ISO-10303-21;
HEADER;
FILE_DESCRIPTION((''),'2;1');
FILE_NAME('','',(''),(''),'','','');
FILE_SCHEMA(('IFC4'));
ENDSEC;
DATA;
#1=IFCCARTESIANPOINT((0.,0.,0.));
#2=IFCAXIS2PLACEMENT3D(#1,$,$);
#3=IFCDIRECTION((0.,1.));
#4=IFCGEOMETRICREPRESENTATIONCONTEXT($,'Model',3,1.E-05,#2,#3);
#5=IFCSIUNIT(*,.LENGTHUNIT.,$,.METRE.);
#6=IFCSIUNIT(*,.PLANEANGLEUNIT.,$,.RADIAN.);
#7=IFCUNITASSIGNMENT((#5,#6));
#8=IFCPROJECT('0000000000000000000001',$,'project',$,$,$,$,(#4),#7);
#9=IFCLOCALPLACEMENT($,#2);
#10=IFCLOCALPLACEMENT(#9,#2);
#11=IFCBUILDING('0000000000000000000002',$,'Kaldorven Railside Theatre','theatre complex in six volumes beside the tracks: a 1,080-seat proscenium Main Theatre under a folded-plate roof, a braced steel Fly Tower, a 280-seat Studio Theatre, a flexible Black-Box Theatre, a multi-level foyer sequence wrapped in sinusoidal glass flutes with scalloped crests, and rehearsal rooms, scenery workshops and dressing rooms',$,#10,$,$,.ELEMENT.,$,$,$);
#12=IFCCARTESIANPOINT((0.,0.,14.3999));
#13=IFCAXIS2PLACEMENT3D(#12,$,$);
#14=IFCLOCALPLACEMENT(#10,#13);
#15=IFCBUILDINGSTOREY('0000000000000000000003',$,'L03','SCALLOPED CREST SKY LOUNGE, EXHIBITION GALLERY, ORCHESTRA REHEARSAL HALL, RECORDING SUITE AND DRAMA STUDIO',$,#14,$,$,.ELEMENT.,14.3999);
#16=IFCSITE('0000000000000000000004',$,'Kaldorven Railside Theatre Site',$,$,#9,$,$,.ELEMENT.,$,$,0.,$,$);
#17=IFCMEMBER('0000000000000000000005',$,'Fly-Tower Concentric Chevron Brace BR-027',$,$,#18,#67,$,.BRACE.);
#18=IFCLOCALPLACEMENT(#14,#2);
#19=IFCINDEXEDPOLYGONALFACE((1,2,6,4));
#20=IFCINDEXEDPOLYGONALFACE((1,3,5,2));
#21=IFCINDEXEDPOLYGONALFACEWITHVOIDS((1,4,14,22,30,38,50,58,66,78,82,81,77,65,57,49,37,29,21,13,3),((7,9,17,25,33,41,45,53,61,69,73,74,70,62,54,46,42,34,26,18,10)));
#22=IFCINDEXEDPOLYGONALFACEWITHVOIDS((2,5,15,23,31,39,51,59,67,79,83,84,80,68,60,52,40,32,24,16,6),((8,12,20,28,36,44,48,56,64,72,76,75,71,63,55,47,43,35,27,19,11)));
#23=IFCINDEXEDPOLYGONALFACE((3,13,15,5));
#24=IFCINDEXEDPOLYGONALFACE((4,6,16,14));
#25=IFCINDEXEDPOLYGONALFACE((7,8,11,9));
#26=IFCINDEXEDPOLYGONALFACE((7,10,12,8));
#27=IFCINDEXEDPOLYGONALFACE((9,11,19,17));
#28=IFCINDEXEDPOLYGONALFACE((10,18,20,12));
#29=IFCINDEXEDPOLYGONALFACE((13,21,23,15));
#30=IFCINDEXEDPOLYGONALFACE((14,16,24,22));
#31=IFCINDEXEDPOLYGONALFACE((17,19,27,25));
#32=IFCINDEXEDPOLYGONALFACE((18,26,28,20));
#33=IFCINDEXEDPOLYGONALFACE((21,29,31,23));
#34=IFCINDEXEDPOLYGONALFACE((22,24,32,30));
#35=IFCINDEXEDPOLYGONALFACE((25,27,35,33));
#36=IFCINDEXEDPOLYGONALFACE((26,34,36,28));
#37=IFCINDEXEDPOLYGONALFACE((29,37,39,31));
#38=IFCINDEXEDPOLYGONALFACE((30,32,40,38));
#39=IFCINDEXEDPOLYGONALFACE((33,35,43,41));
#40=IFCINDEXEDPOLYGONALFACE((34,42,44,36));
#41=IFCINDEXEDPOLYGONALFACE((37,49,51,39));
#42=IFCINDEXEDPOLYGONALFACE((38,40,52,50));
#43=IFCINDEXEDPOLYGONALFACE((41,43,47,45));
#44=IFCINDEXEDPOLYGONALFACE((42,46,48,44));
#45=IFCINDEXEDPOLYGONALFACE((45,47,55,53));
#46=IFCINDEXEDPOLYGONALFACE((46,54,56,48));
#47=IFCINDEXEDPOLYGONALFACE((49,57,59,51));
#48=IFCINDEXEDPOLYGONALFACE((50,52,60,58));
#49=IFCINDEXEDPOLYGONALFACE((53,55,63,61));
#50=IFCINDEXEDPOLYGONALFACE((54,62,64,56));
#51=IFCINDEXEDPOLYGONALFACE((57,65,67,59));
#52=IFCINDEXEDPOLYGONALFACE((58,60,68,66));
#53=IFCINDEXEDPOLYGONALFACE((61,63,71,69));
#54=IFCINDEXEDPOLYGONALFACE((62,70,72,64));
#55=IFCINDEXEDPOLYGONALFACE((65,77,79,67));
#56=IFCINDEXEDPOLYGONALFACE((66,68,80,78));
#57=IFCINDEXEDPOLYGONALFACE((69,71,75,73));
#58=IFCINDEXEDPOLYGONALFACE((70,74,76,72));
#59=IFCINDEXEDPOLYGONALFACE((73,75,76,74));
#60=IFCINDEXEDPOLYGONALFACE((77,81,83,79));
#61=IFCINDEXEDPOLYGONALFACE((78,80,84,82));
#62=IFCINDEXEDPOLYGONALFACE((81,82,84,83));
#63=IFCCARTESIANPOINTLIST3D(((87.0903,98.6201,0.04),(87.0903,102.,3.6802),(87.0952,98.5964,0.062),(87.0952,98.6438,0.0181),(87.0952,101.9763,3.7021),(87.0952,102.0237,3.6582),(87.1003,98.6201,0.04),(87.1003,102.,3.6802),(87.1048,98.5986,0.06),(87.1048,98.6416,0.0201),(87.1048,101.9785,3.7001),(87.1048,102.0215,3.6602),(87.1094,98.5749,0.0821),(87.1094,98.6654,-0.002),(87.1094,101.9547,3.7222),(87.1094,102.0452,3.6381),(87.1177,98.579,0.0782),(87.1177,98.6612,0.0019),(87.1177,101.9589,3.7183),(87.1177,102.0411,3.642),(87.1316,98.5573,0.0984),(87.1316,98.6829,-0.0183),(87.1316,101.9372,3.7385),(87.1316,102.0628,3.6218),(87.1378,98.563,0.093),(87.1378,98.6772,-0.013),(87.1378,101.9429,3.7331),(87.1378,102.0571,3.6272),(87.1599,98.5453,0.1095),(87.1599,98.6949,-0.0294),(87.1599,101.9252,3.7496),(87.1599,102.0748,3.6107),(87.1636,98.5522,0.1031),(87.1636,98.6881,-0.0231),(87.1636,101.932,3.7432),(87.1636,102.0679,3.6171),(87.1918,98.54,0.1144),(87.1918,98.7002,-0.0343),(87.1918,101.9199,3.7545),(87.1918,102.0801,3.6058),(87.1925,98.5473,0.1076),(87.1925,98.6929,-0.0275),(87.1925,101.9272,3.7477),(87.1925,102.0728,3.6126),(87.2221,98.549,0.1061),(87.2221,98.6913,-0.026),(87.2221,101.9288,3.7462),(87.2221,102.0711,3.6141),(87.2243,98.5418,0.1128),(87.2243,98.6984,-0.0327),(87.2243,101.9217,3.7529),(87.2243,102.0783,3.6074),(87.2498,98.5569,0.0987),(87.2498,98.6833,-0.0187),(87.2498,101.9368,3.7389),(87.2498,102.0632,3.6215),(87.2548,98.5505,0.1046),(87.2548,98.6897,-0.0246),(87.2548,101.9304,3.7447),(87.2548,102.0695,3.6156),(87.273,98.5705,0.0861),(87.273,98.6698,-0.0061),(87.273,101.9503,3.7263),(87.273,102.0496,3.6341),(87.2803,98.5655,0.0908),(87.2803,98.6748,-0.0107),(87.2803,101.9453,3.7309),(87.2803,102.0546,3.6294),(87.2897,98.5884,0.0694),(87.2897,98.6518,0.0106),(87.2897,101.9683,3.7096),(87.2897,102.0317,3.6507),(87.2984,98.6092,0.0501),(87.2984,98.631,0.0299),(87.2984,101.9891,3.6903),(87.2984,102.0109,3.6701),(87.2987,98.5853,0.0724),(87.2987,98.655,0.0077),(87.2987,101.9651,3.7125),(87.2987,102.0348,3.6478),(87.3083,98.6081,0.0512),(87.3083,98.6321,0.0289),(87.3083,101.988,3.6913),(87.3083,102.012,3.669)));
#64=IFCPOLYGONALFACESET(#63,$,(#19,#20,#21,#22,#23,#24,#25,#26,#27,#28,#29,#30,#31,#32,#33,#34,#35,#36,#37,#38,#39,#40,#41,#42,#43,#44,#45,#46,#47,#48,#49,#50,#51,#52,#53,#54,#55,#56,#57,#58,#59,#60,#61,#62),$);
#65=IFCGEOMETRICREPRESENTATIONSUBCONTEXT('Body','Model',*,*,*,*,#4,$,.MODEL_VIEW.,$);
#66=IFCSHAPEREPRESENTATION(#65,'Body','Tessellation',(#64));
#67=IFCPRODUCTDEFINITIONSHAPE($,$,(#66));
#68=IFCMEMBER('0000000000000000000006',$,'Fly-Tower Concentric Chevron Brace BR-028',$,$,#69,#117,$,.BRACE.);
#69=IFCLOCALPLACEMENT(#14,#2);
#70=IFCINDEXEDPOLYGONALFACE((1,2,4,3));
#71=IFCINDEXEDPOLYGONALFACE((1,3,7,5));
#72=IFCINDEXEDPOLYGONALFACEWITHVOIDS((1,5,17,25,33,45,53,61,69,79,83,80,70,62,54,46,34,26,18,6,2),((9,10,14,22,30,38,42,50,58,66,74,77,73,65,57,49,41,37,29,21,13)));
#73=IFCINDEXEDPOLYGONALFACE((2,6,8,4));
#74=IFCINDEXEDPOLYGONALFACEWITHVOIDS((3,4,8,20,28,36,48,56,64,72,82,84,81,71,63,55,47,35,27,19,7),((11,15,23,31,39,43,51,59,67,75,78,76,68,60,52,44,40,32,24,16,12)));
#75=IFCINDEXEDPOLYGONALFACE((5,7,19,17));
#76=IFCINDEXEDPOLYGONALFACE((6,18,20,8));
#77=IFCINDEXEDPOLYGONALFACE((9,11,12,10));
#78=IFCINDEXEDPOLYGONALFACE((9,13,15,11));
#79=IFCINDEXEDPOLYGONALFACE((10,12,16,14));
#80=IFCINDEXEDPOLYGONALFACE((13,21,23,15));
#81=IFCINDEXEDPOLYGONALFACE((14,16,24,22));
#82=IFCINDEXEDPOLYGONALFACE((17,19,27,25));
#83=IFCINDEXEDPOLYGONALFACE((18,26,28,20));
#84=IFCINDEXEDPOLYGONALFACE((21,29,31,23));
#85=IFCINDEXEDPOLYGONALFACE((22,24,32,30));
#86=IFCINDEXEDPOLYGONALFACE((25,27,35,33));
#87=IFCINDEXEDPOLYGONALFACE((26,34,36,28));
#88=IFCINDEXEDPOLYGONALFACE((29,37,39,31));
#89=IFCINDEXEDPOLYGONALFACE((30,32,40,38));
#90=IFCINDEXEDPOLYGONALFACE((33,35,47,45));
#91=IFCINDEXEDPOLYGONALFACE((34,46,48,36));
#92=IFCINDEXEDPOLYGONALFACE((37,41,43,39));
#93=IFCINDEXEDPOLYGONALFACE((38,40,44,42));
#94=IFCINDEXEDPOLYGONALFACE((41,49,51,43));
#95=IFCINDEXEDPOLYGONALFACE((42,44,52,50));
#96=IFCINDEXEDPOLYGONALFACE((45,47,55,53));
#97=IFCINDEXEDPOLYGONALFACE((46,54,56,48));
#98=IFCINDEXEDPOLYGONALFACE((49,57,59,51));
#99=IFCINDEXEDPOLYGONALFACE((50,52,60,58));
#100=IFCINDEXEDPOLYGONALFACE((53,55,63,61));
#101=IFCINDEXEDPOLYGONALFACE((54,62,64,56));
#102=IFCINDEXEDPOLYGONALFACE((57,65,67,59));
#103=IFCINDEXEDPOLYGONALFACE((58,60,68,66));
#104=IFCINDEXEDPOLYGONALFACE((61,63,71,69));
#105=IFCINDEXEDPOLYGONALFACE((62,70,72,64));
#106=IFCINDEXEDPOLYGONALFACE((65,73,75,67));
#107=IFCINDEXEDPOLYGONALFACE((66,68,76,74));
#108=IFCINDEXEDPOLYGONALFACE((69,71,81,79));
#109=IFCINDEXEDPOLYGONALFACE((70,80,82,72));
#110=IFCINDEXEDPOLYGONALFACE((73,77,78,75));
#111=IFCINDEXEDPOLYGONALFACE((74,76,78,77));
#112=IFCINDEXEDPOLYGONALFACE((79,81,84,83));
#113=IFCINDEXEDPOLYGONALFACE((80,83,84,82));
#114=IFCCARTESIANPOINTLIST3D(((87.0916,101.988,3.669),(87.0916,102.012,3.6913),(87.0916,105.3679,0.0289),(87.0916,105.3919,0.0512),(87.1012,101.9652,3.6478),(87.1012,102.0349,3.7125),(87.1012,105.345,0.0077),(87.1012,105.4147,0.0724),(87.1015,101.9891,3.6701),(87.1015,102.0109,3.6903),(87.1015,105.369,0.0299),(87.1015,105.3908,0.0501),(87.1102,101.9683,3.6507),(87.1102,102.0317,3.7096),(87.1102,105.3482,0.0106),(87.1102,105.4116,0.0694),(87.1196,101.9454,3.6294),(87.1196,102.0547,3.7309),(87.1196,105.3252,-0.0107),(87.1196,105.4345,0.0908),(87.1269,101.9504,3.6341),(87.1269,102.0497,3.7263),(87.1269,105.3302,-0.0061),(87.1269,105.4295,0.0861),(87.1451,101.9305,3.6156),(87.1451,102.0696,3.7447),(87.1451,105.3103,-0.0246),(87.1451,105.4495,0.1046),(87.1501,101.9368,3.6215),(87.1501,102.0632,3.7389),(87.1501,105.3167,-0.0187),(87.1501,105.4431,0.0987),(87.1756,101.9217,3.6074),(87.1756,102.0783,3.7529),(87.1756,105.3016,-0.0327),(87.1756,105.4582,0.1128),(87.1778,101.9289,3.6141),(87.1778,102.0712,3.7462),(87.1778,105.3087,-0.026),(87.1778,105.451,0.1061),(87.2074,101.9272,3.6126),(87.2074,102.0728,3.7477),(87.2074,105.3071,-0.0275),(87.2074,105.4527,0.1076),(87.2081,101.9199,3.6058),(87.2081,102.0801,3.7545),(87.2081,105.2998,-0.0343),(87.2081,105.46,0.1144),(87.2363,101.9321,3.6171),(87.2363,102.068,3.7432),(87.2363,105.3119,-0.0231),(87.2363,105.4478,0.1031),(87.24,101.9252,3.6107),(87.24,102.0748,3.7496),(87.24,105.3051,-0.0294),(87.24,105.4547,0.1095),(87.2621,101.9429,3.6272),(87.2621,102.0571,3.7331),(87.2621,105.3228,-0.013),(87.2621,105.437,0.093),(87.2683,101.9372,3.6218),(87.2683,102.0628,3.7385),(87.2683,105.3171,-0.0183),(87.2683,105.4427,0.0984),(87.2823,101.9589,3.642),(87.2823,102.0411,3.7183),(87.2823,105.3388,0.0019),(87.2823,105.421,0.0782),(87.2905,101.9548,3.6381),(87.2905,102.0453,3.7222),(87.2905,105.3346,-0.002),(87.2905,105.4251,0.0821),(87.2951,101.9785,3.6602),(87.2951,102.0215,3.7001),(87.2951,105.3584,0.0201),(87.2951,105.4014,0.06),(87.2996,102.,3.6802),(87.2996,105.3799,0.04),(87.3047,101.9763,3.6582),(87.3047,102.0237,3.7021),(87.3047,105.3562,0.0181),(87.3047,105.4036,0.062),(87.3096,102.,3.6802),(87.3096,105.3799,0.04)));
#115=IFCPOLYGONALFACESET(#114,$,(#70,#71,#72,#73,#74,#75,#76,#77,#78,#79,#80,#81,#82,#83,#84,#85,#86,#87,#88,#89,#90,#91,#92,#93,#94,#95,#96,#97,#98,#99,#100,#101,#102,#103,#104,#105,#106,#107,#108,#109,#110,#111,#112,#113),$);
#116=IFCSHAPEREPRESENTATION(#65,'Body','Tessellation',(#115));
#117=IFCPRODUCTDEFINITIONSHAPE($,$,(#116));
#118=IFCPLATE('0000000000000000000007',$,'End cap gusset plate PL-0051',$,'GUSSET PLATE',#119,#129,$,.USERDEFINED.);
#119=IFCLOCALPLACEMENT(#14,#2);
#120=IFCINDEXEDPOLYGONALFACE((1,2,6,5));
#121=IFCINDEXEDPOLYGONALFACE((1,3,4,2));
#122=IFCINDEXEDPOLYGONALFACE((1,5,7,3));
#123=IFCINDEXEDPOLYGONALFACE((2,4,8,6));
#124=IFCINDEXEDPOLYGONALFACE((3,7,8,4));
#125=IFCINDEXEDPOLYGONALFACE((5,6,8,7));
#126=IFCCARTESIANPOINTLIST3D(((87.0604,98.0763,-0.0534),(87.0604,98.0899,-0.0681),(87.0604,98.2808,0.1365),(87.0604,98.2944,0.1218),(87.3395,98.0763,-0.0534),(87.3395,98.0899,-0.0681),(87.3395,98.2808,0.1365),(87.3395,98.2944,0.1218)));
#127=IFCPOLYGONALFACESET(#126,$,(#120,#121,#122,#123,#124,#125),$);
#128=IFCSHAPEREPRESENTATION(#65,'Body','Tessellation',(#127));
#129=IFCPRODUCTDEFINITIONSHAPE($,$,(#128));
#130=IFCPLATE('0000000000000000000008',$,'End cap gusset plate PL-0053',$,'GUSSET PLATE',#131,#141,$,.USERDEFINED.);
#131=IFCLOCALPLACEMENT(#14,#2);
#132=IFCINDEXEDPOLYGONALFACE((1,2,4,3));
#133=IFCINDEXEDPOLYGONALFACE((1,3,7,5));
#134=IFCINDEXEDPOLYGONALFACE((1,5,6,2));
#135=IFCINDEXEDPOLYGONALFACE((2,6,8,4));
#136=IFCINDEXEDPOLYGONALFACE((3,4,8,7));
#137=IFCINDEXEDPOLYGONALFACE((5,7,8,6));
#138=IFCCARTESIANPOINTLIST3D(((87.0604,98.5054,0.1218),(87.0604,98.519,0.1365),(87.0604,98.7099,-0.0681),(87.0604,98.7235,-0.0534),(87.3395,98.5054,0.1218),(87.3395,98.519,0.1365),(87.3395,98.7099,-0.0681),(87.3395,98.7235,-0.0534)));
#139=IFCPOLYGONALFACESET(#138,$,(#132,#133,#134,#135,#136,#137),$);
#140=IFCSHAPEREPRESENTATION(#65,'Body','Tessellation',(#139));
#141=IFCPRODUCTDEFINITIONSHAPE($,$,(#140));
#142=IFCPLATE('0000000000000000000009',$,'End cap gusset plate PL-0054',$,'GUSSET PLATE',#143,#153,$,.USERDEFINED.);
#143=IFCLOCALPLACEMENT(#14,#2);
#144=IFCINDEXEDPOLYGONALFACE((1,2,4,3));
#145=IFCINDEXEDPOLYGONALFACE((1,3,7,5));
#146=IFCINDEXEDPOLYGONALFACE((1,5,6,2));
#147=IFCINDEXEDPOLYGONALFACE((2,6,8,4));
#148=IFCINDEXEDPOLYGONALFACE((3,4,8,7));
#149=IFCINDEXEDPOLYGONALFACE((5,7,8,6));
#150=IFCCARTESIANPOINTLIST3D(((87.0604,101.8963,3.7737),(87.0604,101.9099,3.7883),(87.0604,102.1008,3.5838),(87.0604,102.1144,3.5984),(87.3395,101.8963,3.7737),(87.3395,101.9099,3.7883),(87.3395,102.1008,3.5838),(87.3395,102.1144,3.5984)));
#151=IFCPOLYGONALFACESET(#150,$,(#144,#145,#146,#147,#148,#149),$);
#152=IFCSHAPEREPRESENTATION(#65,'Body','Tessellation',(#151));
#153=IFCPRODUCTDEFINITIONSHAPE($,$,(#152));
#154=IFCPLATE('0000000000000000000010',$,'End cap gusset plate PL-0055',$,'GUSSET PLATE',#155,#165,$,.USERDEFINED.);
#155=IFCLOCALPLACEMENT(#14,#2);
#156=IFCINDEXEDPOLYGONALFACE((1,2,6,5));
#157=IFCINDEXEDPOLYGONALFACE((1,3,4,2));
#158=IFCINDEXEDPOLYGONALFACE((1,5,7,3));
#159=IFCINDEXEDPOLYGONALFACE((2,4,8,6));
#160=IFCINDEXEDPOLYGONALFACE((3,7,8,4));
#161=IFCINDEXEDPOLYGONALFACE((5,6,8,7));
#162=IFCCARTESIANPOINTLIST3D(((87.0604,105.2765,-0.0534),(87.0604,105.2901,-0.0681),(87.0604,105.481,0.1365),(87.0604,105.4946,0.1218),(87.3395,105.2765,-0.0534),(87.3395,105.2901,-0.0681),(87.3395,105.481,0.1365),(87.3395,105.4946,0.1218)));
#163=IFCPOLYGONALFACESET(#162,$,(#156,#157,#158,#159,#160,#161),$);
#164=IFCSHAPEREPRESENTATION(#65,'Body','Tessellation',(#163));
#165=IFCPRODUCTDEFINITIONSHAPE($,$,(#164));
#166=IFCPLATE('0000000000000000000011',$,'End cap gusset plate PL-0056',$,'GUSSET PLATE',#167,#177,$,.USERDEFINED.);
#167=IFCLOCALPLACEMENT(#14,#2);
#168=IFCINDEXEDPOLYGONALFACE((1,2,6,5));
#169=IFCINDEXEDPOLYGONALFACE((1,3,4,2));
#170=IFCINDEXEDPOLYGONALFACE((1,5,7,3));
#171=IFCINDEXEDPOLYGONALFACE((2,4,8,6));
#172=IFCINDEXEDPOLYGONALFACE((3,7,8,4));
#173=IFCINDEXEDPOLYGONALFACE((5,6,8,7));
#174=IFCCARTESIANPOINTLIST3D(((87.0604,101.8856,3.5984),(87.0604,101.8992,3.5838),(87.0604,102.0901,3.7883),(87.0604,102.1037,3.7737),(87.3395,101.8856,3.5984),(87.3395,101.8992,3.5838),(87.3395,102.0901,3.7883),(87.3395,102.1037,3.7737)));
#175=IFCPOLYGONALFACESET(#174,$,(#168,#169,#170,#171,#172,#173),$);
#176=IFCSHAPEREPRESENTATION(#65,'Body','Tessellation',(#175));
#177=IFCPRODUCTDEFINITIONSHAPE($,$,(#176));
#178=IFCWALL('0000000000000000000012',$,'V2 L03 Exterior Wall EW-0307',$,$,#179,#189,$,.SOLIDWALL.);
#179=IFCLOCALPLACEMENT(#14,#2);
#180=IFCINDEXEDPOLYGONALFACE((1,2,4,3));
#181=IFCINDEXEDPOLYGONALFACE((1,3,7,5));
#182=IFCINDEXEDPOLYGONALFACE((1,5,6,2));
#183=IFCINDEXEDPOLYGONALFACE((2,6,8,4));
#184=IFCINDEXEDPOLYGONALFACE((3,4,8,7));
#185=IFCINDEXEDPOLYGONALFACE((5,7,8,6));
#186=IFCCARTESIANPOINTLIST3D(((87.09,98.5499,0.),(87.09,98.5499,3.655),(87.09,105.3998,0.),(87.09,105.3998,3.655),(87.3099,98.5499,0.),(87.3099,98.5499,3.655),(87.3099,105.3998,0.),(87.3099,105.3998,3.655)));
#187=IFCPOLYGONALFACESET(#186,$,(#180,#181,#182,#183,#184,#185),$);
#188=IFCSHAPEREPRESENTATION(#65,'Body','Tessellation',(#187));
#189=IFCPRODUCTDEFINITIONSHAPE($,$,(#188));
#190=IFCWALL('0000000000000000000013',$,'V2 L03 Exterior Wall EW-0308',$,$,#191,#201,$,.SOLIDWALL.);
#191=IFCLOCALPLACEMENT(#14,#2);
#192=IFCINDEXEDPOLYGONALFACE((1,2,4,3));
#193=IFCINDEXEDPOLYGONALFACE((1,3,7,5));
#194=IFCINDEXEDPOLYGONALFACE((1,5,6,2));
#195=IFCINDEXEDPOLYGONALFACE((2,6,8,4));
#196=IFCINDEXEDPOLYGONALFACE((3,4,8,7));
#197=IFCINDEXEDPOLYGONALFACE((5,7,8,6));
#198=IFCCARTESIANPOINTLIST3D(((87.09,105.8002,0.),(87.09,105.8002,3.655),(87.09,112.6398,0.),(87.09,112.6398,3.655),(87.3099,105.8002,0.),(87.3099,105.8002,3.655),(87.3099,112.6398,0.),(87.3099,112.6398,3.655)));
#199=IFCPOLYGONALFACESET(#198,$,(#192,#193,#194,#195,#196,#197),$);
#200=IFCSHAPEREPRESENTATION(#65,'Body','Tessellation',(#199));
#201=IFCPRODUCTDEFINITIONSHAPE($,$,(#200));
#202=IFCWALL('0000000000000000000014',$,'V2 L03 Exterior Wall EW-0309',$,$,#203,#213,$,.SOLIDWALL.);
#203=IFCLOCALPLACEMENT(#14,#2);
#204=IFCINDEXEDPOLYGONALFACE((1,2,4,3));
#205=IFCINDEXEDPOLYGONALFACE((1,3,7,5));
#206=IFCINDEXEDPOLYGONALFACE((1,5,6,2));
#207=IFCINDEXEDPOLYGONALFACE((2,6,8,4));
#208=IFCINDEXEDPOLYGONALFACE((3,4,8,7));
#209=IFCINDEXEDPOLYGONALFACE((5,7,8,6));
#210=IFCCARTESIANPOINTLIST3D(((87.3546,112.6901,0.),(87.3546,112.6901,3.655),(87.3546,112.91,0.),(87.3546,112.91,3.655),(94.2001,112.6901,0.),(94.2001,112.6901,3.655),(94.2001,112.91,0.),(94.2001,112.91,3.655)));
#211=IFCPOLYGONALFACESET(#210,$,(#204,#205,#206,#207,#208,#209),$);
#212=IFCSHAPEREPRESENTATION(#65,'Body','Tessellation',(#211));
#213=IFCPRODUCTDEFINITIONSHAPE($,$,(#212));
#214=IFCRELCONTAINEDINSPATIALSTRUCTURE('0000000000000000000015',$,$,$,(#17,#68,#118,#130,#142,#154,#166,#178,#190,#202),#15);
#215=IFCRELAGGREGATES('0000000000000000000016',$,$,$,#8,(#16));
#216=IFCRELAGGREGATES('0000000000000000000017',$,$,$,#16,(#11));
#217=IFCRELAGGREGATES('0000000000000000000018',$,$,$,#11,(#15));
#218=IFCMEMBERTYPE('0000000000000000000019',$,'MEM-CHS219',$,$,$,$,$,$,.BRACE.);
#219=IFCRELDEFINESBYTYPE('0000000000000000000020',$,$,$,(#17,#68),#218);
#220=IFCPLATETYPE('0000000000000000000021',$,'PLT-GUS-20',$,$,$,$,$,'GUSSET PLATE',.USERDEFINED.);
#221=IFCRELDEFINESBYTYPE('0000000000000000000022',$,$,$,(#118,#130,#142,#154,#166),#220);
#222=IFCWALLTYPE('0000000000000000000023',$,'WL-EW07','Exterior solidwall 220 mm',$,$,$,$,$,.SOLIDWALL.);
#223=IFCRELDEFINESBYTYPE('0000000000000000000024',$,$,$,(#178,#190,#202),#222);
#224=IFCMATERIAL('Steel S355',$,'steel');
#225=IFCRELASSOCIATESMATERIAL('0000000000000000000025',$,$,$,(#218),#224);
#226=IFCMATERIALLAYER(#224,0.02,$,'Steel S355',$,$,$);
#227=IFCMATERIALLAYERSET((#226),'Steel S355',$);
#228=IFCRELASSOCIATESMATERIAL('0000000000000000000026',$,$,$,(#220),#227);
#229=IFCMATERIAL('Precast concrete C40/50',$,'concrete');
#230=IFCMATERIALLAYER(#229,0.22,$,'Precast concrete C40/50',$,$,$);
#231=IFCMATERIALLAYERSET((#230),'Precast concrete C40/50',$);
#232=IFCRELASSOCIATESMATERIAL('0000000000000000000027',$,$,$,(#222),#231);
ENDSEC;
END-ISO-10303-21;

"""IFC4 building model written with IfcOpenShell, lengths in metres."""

from ifc_helpers import new_model, si_unit, direction, frame, frame_2d, origin, origin_2d, place, context, subcontext, project, spatial, rectangle, hollow_circle, extrude, material, layer, layer_set, material_profile, profile_set, type_object, element, save


model = new_model("IFC4")

# Units and contexts
model_context = context("Model", 3, precision=1e-05, world=origin(), true_north=direction((0.0, 1.0)))
body_context = subcontext(model_context, "Body", "Model", "MODEL_VIEW")
ifc_project = project(units=[si_unit("LENGTHUNIT", "METRE"), si_unit("PLANEANGLEUNIT", "RADIAN")], contexts=[model_context])

# Site, building, storey
site_placement = place(None, origin())
site = spatial("IfcSite", under=ifc_project, at=site_placement, Name="Kaldorven Railside Theatre Site", CompositionType="ELEMENT", RefElevation=0.0)
building_placement = place(site_placement, origin())
building = spatial("IfcBuilding", under=site, at=building_placement, Name="Kaldorven Railside Theatre", Description="theatre complex in six volumes beside the tracks: a 1,080-seat proscenium Main Theatre under a folded-plate roof, a braced steel Fly Tower, a 280-seat Studio Theatre, a flexible Black-Box Theatre, a multi-level foyer sequence wrapped in sinusoidal glass flutes with scalloped crests, and rehearsal rooms, scenery workshops and dressing rooms", CompositionType="ELEMENT")
storey_placement = place(building_placement, frame((0.0, 0.0, 14.3999)))
storey = spatial("IfcBuildingStorey", under=building, at=storey_placement, Name="L03", Description="SCALLOPED CREST SKY LOUNGE, EXHIBITION GALLERY, ORCHESTRA REHEARSAL HALL, RECORDING SUITE AND DRAMA STUDIO", CompositionType="ELEMENT", Elevation=14.3999)

# Shared definitions
ifc_material_1 = material(Name="Steel S355", Category="steel")

# Members
ifc_material_profile_1 = material_profile(ifc_material_1, hollow_circle(Radius=0.1096, WallThickness=0.01, at=origin_2d()), Name="CHS 219.1x10")
ifc_profile_set_1 = profile_set([ifc_material_profile_1], Name="Steel S355")
member_type = type_object("IfcMemberType", Name="MEM-CHS219", PredefinedType="BRACE", material=ifc_profile_set_1)
for number, where, z_axis, x_axis, name in (
    (1, (87.2, 98.6201, 0.04), (0.0, 0.680425, 0.732818), (-1.0, 0.0, 0.0), "Fly-Tower Concentric Chevron Brace BR-027"),
    (2, (87.2, 105.3799, 0.04), (0.0, -0.680425, 0.732818), (1.0, 0.0, 0.0), "Fly-Tower Concentric Chevron Brace BR-028"),
):
    element("IfcMember", number, at=place(storey_placement, frame(where, z_axis=z_axis, x_axis=x_axis)), inside=storey, type_object=member_type, Name=name, PredefinedType="BRACE", context=body_context, shape_type="SweptSolid", body=[
        extrude(hollow_circle(Radius=0.1096, WallThickness=0.01, at=origin_2d()), origin(), (0.0, 0.0, 1.0), 4.9673),
    ])

# Plates
ifc_layer_1 = layer(ifc_material_1, 0.02, Name="Steel S355")
ifc_layer_set_1 = layer_set([ifc_layer_1], Name="Steel S355")
plate_type = type_object("IfcPlateType", Name="PLT-GUS-20", ElementType="GUSSET PLATE", PredefinedType="USERDEFINED", material=ifc_layer_set_1)
for number, where, z_axis, x_axis, name in (
    (3, (87.2, 98.1921, 0.0269), (0.0, -0.680465, 0.73278), (1.0, 0.0, 0.0), "End cap gusset plate PL-0051"),
    (4, (87.2, 98.6077, 0.0269), (0.0, 0.680465, 0.73278), (-1.0, 0.0, 0.0), "End cap gusset plate PL-0053"),
    (5, (87.2, 101.9985, 3.6787), (0.0, 0.680465, 0.73278), (-1.0, 0.0, 0.0), "End cap gusset plate PL-0054"),
    (6, (87.2, 105.3923, 0.0269), (0.0, -0.680465, 0.73278), (1.0, 0.0, 0.0), "End cap gusset plate PL-0055"),
    (7, (87.2, 102.0015, 3.6787), (0.0, -0.680465, 0.73278), (1.0, 0.0, 0.0), "End cap gusset plate PL-0056"),
):
    element("IfcPlate", number, at=place(storey_placement, frame(where, z_axis=z_axis, x_axis=x_axis)), inside=storey, type_object=plate_type, Name=name, ObjectType="GUSSET PLATE", PredefinedType="USERDEFINED", context=body_context, shape_type="SweptSolid", body=[
        extrude(rectangle(XDim=0.2791, YDim=0.2791, at=origin_2d()), origin(), (0.0, 0.0, 1.0), 0.02),
    ])

# Walls
ifc_material_2 = material(Name="Precast concrete C40/50", Category="concrete")
ifc_layer_2 = layer(ifc_material_2, 0.22, Name="Precast concrete C40/50")
ifc_layer_set_2 = layer_set([ifc_layer_2], Name="Precast concrete C40/50")
wall_type_1 = type_object("IfcWallType", Name="WL-EW07", Description="Exterior solidwall 220 mm", PredefinedType="SOLIDWALL", material=ifc_layer_set_2)
wall_1_placement = place(storey_placement, frame((87.2, 98.55, 0.0), z_axis=(0.0, 0.0, 1.0), x_axis=(0.0, 1.0, 0.0)))
element("IfcWall", 8, at=wall_1_placement, inside=storey, type_object=wall_type_1, Name="V2 L03 Exterior Wall EW-0307", PredefinedType="SOLIDWALL", context=body_context, shape_type="SweptSolid", body=[
    extrude(rectangle(XDim=6.8499, YDim=0.22, at=frame_2d((3.4248, 0.0))), origin(), (0.0, 0.0, 1.0), 3.655),
])
wall_2_placement = place(storey_placement, frame((87.2, 105.8, 0.0), z_axis=(0.0, 0.0, 1.0), x_axis=(0.0, 1.0, 0.0)))
element("IfcWall", 9, at=wall_2_placement, inside=storey, type_object=wall_type_1, Name="V2 L03 Exterior Wall EW-0308", PredefinedType="SOLIDWALL", context=body_context, shape_type="SweptSolid", body=[
    extrude(rectangle(XDim=6.8396, YDim=0.22, at=frame_2d((3.4199, 0.0))), origin(), (0.0, 0.0, 1.0), 3.655),
])
wall_3_placement = place(storey_placement, frame((87.3545, 112.8, 0.0), z_axis=(0.0, 0.0, 1.0), x_axis=(1.0, 0.0, 0.0)))
element("IfcWall", 10, at=wall_3_placement, inside=storey, type_object=wall_type_1, Name="V2 L03 Exterior Wall EW-0309", PredefinedType="SOLIDWALL", context=body_context, shape_type="SweptSolid", body=[
    extrude(rectangle(XDim=6.8455, YDim=0.22, at=frame_2d((3.4229, 0.0))), origin(), (0.0, 0.0, 1.0), 3.655),
])

save(model, "model.ifc")
